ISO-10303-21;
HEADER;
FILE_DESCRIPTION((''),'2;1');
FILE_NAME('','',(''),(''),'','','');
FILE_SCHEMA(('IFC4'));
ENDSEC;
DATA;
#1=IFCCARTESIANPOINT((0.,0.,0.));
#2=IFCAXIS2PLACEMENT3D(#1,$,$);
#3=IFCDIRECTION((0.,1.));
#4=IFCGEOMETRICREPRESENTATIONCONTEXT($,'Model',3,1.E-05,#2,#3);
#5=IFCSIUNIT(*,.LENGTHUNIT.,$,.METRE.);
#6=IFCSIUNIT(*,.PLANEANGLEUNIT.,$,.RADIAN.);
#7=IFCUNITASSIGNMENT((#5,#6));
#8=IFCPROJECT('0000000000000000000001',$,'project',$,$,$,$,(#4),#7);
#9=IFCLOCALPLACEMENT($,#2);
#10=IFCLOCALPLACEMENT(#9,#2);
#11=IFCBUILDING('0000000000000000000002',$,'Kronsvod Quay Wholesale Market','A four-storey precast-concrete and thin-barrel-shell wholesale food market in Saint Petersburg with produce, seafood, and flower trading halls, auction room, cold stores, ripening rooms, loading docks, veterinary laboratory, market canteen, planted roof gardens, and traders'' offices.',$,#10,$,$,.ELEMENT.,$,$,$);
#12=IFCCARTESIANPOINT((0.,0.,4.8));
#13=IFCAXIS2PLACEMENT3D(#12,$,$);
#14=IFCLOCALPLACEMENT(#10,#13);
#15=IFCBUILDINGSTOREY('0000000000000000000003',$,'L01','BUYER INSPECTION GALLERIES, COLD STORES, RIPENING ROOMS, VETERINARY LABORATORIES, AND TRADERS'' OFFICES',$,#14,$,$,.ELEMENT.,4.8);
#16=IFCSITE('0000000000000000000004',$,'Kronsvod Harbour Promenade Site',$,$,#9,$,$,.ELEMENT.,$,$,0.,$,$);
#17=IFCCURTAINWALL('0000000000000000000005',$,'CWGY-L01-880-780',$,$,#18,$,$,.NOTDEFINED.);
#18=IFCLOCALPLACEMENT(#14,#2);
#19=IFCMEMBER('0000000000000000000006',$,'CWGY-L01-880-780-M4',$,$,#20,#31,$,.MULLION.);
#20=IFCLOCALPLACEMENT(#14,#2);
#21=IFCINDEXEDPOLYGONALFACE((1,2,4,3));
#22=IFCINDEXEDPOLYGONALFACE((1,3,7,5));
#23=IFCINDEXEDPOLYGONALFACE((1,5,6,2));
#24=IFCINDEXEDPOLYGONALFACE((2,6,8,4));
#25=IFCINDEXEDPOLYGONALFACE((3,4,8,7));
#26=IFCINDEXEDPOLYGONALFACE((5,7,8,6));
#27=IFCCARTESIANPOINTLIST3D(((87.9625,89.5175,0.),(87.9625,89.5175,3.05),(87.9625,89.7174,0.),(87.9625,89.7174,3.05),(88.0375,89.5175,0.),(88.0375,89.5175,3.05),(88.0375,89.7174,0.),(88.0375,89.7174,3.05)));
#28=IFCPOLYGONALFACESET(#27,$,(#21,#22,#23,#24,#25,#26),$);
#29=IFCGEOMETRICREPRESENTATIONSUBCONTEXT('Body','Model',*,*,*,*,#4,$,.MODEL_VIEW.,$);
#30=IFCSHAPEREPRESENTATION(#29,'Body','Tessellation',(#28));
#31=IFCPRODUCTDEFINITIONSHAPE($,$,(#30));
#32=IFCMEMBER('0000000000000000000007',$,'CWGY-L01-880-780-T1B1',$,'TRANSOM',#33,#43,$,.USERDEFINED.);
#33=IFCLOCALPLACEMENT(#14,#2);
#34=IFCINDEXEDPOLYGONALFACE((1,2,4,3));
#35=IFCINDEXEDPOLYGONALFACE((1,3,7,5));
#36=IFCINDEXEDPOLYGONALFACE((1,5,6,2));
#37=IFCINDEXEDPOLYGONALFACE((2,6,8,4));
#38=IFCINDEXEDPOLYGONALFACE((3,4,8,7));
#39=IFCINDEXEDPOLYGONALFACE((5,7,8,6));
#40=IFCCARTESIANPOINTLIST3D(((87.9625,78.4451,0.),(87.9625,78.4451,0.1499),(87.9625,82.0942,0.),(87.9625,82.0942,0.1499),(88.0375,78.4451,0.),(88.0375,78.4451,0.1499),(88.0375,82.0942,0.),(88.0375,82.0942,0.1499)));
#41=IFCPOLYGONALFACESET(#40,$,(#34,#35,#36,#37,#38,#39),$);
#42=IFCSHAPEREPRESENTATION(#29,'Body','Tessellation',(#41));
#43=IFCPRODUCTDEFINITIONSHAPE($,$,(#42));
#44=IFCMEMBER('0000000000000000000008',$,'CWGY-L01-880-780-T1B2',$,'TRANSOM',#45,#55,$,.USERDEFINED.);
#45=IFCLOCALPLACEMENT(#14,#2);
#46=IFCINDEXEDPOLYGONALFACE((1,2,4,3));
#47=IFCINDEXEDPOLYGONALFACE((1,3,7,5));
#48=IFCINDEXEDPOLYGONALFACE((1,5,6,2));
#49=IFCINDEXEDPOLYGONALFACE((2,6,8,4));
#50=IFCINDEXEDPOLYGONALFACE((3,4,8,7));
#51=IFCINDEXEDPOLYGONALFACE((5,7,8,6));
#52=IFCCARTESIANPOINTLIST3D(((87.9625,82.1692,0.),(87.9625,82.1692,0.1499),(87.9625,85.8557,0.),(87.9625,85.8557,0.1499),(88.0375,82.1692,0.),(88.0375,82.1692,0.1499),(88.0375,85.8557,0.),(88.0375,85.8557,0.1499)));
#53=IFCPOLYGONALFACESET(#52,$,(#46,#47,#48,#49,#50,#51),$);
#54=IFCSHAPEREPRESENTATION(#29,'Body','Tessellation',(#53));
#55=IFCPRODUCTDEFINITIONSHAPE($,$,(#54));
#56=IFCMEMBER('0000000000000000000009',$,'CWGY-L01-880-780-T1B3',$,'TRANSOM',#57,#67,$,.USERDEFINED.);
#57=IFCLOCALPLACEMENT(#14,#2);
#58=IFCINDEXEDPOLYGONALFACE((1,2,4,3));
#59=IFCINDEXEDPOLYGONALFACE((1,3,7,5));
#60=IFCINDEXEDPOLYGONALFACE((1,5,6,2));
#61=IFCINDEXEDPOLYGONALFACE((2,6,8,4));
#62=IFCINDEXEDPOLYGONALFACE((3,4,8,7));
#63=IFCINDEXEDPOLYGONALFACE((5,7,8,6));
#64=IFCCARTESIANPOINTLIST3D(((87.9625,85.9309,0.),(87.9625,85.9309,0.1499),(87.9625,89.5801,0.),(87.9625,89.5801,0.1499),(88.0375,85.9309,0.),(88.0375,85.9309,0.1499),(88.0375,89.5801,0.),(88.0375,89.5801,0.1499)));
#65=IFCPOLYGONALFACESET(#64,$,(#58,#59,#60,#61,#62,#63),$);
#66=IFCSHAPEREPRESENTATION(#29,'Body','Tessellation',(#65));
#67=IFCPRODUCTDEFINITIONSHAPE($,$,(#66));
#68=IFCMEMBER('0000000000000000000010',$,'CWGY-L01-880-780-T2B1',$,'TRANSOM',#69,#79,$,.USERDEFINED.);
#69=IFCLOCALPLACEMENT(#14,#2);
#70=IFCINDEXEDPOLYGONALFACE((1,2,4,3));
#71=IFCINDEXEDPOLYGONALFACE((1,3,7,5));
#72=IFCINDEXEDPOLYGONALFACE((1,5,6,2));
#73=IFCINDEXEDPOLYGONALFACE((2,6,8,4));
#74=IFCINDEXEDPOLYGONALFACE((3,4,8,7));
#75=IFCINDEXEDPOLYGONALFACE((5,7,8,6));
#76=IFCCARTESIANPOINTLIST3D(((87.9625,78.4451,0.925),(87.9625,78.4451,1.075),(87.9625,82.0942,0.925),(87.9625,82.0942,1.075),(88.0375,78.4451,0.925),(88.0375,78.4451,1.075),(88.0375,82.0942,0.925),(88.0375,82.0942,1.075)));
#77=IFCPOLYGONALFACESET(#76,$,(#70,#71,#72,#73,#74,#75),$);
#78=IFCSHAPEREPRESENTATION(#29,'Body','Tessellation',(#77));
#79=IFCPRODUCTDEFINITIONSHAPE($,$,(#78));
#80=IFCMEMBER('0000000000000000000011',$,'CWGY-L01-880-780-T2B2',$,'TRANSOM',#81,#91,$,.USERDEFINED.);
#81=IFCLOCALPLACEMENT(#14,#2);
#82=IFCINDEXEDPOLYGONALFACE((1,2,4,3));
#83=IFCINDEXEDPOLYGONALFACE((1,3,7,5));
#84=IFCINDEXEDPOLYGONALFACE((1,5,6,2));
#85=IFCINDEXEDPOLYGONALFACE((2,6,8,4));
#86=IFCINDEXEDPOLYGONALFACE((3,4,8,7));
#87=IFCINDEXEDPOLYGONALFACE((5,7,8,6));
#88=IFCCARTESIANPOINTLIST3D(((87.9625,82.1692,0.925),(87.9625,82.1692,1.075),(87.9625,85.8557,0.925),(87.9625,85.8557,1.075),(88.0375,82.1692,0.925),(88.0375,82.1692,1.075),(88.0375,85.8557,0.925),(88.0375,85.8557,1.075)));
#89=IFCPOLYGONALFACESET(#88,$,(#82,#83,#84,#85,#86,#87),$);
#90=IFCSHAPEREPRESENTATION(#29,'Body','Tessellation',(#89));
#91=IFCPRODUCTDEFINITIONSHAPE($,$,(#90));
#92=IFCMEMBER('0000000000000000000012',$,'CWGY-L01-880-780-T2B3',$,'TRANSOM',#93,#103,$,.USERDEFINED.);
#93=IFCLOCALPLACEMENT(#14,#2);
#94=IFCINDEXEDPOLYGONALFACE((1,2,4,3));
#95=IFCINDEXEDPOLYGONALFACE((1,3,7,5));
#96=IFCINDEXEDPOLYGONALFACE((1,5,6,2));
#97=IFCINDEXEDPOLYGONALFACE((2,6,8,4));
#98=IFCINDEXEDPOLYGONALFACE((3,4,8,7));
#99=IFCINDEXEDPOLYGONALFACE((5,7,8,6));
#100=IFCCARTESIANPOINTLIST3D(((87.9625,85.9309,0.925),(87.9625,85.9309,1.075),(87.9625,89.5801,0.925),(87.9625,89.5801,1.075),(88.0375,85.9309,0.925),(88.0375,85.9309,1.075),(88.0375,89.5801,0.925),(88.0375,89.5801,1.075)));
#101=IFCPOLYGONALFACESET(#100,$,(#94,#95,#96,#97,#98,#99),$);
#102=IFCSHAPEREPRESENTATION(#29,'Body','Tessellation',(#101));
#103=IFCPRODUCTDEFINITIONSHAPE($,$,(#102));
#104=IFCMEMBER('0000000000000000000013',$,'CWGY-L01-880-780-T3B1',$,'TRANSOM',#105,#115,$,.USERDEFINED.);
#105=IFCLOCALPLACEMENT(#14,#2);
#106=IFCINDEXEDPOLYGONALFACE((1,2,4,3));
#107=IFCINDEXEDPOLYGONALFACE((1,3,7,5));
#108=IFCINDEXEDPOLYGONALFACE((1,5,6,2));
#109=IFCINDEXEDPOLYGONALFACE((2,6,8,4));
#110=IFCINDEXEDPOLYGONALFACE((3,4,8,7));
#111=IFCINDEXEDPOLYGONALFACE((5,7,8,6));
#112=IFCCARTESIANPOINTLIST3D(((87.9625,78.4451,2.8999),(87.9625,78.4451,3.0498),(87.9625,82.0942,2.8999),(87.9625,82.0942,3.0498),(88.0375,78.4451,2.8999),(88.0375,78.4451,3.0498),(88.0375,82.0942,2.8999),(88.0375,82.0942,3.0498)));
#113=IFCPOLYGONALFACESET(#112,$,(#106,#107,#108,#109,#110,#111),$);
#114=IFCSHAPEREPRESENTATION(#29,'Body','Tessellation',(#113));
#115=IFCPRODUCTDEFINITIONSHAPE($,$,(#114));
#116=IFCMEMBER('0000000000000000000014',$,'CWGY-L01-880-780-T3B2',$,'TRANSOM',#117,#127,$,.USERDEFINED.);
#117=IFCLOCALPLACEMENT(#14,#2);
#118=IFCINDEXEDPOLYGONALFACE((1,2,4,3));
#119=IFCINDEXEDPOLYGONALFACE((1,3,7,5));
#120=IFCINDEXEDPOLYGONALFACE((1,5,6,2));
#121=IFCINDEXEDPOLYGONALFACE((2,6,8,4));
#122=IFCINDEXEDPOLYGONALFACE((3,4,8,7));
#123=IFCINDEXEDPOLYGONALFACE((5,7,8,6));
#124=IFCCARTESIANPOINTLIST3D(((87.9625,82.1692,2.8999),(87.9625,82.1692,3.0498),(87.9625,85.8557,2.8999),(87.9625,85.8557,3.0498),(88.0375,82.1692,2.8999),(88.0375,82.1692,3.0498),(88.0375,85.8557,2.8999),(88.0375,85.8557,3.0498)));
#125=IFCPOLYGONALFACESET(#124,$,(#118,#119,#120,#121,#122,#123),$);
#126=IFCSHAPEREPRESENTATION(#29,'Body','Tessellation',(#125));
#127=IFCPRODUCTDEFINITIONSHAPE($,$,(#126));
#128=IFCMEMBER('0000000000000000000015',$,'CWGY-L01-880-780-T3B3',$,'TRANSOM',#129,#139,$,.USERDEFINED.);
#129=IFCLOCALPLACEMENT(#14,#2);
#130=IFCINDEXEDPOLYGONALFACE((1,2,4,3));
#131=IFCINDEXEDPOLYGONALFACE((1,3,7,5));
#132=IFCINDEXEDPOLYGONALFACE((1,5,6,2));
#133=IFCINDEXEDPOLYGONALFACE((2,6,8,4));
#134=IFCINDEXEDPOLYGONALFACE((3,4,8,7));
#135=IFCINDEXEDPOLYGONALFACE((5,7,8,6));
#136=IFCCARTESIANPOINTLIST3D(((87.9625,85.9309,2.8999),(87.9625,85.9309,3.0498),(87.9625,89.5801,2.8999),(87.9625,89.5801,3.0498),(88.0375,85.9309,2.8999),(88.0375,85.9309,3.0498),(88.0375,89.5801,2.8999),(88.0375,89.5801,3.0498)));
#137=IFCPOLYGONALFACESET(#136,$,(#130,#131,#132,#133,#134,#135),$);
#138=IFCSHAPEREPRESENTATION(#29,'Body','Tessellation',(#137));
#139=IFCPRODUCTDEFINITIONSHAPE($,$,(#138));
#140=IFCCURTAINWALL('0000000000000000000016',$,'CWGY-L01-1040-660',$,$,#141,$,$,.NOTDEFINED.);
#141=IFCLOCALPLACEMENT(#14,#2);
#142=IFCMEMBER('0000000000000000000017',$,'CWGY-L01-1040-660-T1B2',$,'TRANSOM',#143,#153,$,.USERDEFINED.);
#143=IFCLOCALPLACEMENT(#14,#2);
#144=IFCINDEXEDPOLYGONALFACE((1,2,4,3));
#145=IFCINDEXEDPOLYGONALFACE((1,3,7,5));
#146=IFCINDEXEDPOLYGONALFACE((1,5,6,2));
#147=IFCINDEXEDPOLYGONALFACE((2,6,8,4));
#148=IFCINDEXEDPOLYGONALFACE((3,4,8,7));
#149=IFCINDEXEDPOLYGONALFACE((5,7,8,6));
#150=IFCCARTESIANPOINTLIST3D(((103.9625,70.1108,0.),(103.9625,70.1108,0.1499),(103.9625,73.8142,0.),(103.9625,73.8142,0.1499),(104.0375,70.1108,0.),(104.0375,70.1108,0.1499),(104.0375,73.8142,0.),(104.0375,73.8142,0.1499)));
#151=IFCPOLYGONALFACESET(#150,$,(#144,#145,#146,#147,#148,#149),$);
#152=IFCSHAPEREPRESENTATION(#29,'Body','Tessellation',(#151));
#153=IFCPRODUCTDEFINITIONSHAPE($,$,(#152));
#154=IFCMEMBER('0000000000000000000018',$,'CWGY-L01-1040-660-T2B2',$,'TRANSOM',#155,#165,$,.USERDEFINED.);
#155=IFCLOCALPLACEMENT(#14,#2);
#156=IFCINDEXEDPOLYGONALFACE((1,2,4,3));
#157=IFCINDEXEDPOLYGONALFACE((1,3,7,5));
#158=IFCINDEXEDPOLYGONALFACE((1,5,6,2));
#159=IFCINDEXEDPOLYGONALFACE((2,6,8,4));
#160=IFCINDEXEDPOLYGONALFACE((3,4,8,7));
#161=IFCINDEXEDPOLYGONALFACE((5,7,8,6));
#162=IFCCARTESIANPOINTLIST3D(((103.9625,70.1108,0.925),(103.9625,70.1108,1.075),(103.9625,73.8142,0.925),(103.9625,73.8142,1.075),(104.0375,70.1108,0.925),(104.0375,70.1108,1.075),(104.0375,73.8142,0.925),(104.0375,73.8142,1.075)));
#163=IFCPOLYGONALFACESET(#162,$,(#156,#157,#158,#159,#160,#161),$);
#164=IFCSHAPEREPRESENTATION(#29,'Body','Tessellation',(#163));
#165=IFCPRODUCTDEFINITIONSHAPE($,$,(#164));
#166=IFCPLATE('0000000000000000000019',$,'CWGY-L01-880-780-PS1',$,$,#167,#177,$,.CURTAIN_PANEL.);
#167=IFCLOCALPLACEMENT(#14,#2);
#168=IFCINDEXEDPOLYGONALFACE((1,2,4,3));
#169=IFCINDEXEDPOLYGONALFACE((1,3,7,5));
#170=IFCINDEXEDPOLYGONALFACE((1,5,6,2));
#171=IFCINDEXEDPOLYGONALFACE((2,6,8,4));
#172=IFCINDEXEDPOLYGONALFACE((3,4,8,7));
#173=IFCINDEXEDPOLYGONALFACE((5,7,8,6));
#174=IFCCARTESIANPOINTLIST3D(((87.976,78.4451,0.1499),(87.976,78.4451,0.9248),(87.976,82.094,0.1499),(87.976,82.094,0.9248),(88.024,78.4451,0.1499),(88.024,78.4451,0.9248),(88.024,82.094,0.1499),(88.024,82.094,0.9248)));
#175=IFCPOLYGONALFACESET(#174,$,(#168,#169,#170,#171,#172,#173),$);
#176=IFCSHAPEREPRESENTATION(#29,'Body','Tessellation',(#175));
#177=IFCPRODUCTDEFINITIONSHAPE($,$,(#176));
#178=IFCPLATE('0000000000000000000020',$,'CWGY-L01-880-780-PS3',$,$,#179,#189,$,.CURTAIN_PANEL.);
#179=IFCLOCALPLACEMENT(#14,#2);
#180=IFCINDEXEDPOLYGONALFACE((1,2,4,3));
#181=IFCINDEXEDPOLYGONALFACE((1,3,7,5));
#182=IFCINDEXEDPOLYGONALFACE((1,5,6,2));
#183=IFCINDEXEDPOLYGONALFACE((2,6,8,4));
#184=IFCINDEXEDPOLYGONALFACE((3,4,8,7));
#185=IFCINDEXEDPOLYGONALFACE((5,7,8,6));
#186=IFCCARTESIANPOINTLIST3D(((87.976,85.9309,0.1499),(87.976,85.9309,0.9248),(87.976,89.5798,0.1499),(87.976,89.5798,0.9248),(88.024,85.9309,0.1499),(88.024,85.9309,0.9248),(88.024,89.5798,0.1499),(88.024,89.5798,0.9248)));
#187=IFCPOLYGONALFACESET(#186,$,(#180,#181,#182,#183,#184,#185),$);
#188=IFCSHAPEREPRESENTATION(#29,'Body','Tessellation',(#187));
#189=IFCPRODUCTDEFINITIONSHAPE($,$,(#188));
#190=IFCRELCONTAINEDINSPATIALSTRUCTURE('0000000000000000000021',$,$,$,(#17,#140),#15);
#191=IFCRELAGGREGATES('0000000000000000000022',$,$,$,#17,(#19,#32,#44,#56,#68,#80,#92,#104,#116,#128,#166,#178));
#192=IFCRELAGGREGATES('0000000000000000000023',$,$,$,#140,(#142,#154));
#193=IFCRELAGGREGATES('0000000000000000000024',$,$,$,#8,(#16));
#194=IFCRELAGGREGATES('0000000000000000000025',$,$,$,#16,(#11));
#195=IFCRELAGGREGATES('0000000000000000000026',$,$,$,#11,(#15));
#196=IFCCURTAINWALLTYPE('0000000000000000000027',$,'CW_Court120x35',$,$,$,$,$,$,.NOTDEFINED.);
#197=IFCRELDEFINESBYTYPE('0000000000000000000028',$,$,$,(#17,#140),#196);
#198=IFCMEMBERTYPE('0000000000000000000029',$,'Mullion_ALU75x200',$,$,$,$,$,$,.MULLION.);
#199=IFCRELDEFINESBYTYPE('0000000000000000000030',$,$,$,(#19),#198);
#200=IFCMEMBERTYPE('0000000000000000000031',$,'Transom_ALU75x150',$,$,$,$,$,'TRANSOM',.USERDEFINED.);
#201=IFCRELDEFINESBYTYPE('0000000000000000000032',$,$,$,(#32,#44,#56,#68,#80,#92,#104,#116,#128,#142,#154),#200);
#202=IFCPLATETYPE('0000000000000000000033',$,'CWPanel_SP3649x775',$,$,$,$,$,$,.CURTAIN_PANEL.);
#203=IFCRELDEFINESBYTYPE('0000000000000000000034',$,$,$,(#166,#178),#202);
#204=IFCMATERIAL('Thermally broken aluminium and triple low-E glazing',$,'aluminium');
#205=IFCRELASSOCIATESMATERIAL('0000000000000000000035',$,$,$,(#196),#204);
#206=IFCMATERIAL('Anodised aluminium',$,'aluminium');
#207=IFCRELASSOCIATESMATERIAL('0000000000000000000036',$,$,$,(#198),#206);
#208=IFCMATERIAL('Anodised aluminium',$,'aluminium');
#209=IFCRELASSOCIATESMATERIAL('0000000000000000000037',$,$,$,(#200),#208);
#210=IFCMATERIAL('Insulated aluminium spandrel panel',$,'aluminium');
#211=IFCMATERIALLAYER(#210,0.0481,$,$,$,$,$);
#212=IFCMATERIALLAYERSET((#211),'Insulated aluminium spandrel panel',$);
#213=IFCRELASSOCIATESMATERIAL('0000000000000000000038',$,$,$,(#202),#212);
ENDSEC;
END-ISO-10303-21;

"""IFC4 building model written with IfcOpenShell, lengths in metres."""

from ifc_helpers import new_model, si_unit, direction, frame, origin, origin_2d, place, context, subcontext, project, spatial, rectangle, extrude, material, layer, layer_set, material_profile, profile_set, type_object, element, aggregate, save


model = new_model("IFC4")

# Units and contexts
model_context = context("Model", 3, precision=1e-05, world=origin(), true_north=direction((0.0, 1.0)))
body_context = subcontext(model_context, "Body", "Model", "MODEL_VIEW")
ifc_project = project(units=[si_unit("LENGTHUNIT", "METRE"), si_unit("PLANEANGLEUNIT", "RADIAN")], contexts=[model_context])

# Site, building, storey
site_placement = place(None, origin())
site = spatial("IfcSite", under=ifc_project, at=site_placement, Name="Kronsvod Harbour Promenade Site", CompositionType="ELEMENT", RefElevation=0.0)
building_placement = place(site_placement, origin())
building = spatial("IfcBuilding", under=site, at=building_placement, Name="Kronsvod Quay Wholesale Market", Description="A four-storey precast-concrete and thin-barrel-shell wholesale food market in Saint Petersburg with produce, seafood, and flower trading halls, auction room, cold stores, ripening rooms, loading docks, veterinary laboratory, market canteen, planted roof gardens, and traders' offices.", CompositionType="ELEMENT")
storey_placement = place(building_placement, frame((0.0, 0.0, 4.8)))
storey = spatial("IfcBuildingStorey", under=building, at=storey_placement, Name="L01", Description="BUYER INSPECTION GALLERIES, COLD STORES, RIPENING ROOMS, VETERINARY LABORATORIES, AND TRADERS' OFFICES", CompositionType="ELEMENT", Elevation=4.8)

# Curtain walls, members
ifc_material_1 = material(Name="Thermally broken aluminium and triple low-E glazing", Category="aluminium")
curtain_wall_type = type_object("IfcCurtainWallType", Name="CW_Court120x35", PredefinedType="NOTDEFINED", material=ifc_material_1)
curtain_wall_1_placement = place(storey_placement, origin())
curtain_wall_1 = element("IfcCurtainWall", 1, at=curtain_wall_1_placement, inside=storey, type_object=curtain_wall_type, Name="CWGY-L01-880-780", PredefinedType="NOTDEFINED")
ifc_material_2 = material(Name="Anodised aluminium", Category="aluminium")
ifc_material_profile_1 = material_profile(ifc_material_2, rectangle(XDim=0.075, YDim=0.2, at=origin_2d()), Name="ALUM75x200")
ifc_profile_set_1 = profile_set([ifc_material_profile_1], Name="Anodised aluminium")
member_type_1 = type_object("IfcMemberType", Name="Mullion_ALU75x200", PredefinedType="MULLION", material=ifc_profile_set_1)
member_1_placement = place(storey_placement, frame((88.0, 89.6174, 0.0), z_axis=(0.0, 0.0, 1.0), x_axis=(1.0, 0.0, 0.0)))
member_1 = element("IfcMember", 2, at=member_1_placement, type_object=member_type_1, Name="CWGY-L01-880-780-M4", PredefinedType="MULLION", context=body_context, shape_type="SweptSolid", body=[
    extrude(rectangle(XDim=0.075, YDim=0.2, at=origin_2d()), origin(), (0.0, 0.0, 1.0), 3.05),
])
ifc_material_3 = material(Name="Anodised aluminium", Category="aluminium")
ifc_material_profile_2 = material_profile(ifc_material_3, rectangle(XDim=0.075, YDim=0.1499, at=origin_2d()), Name="ALUT75x150")
ifc_profile_set_2 = profile_set([ifc_material_profile_2], Name="Anodised aluminium")
member_type_2 = type_object("IfcMemberType", Name="Transom_ALU75x150", ElementType="TRANSOM", PredefinedType="USERDEFINED", material=ifc_profile_set_2)
member_2_placement = place(storey_placement, frame((88.0, 78.4451, 0.075), z_axis=(0.0, 1.0, 0.0), x_axis=(-1.0, 0.0, 0.0)))
member_2 = element("IfcMember", 3, at=member_2_placement, type_object=member_type_2, Name="CWGY-L01-880-780-T1B1", ObjectType="TRANSOM", PredefinedType="USERDEFINED", context=body_context, shape_type="SweptSolid", body=[
    extrude(rectangle(XDim=0.075, YDim=0.1499, at=origin_2d()), origin(), (0.0, 0.0, 1.0), 3.6492),
])
member_3_placement = place(storey_placement, frame((88.0, 82.1692, 0.075), z_axis=(0.0, 1.0, 0.0), x_axis=(-1.0, 0.0, 0.0)))
member_3 = element("IfcMember", 4, at=member_3_placement, type_object=member_type_2, Name="CWGY-L01-880-780-T1B2", ObjectType="TRANSOM", PredefinedType="USERDEFINED", context=body_context, shape_type="SweptSolid", body=[
    extrude(rectangle(XDim=0.075, YDim=0.1499, at=origin_2d()), origin(), (0.0, 0.0, 1.0), 3.6865),
])
member_4_placement = place(storey_placement, frame((88.0, 85.9309, 0.075), z_axis=(0.0, 1.0, 0.0), x_axis=(-1.0, 0.0, 0.0)))
member_4 = element("IfcMember", 5, at=member_4_placement, type_object=member_type_2, Name="CWGY-L01-880-780-T1B3", ObjectType="TRANSOM", PredefinedType="USERDEFINED", context=body_context, shape_type="SweptSolid", body=[
    extrude(rectangle(XDim=0.075, YDim=0.1499, at=origin_2d()), origin(), (0.0, 0.0, 1.0), 3.6492),
])
member_5_placement = place(storey_placement, frame((88.0, 78.4451, 1.0), z_axis=(0.0, 1.0, 0.0), x_axis=(-1.0, 0.0, 0.0)))
member_5 = element("IfcMember", 6, at=member_5_placement, type_object=member_type_2, Name="CWGY-L01-880-780-T2B1", ObjectType="TRANSOM", PredefinedType="USERDEFINED", context=body_context, shape_type="SweptSolid", body=[
    extrude(rectangle(XDim=0.075, YDim=0.1499, at=origin_2d()), origin(), (0.0, 0.0, 1.0), 3.6492),
])
member_6_placement = place(storey_placement, frame((88.0, 82.1692, 1.0), z_axis=(0.0, 1.0, 0.0), x_axis=(-1.0, 0.0, 0.0)))
member_6 = element("IfcMember", 7, at=member_6_placement, type_object=member_type_2, Name="CWGY-L01-880-780-T2B2", ObjectType="TRANSOM", PredefinedType="USERDEFINED", context=body_context, shape_type="SweptSolid", body=[
    extrude(rectangle(XDim=0.075, YDim=0.1499, at=origin_2d()), origin(), (0.0, 0.0, 1.0), 3.6865),
])
member_7_placement = place(storey_placement, frame((88.0, 85.9309, 1.0), z_axis=(0.0, 1.0, 0.0), x_axis=(-1.0, 0.0, 0.0)))
member_7 = element("IfcMember", 8, at=member_7_placement, type_object=member_type_2, Name="CWGY-L01-880-780-T2B3", ObjectType="TRANSOM", PredefinedType="USERDEFINED", context=body_context, shape_type="SweptSolid", body=[
    extrude(rectangle(XDim=0.075, YDim=0.1499, at=origin_2d()), origin(), (0.0, 0.0, 1.0), 3.6492),
])
member_8_placement = place(storey_placement, frame((88.0, 78.4451, 2.9749), z_axis=(0.0, 1.0, 0.0), x_axis=(-1.0, 0.0, 0.0)))
member_8 = element("IfcMember", 9, at=member_8_placement, type_object=member_type_2, Name="CWGY-L01-880-780-T3B1", ObjectType="TRANSOM", PredefinedType="USERDEFINED", context=body_context, shape_type="SweptSolid", body=[
    extrude(rectangle(XDim=0.075, YDim=0.1499, at=origin_2d()), origin(), (0.0, 0.0, 1.0), 3.6492),
])
member_9_placement = place(storey_placement, frame((88.0, 82.1692, 2.9749), z_axis=(0.0, 1.0, 0.0), x_axis=(-1.0, 0.0, 0.0)))
member_9 = element("IfcMember", 10, at=member_9_placement, type_object=member_type_2, Name="CWGY-L01-880-780-T3B2", ObjectType="TRANSOM", PredefinedType="USERDEFINED", context=body_context, shape_type="SweptSolid", body=[
    extrude(rectangle(XDim=0.075, YDim=0.1499, at=origin_2d()), origin(), (0.0, 0.0, 1.0), 3.6865),
])
member_10_placement = place(storey_placement, frame((88.0, 85.9309, 2.9749), z_axis=(0.0, 1.0, 0.0), x_axis=(-1.0, 0.0, 0.0)))
member_10 = element("IfcMember", 11, at=member_10_placement, type_object=member_type_2, Name="CWGY-L01-880-780-T3B3", ObjectType="TRANSOM", PredefinedType="USERDEFINED", context=body_context, shape_type="SweptSolid", body=[
    extrude(rectangle(XDim=0.075, YDim=0.1499, at=origin_2d()), origin(), (0.0, 0.0, 1.0), 3.6492),
])
curtain_wall_2_placement = place(storey_placement, origin())
curtain_wall_2 = element("IfcCurtainWall", 12, at=curtain_wall_2_placement, inside=storey, type_object=curtain_wall_type, Name="CWGY-L01-1040-660", PredefinedType="NOTDEFINED")
member_11_placement = place(storey_placement, frame((104.0, 73.8142, 0.075), z_axis=(0.0, -1.0, 0.0), x_axis=(1.0, 0.0, 0.0)))
member_11 = element("IfcMember", 13, at=member_11_placement, type_object=member_type_2, Name="CWGY-L01-1040-660-T1B2", ObjectType="TRANSOM", PredefinedType="USERDEFINED", context=body_context, shape_type="SweptSolid", body=[
    extrude(rectangle(XDim=0.075, YDim=0.1499, at=origin_2d()), origin(), (0.0, 0.0, 1.0), 3.7034),
])
member_12_placement = place(storey_placement, frame((104.0, 73.8142, 1.0), z_axis=(0.0, -1.0, 0.0), x_axis=(1.0, 0.0, 0.0)))
member_12 = element("IfcMember", 14, at=member_12_placement, type_object=member_type_2, Name="CWGY-L01-1040-660-T2B2", ObjectType="TRANSOM", PredefinedType="USERDEFINED", context=body_context, shape_type="SweptSolid", body=[
    extrude(rectangle(XDim=0.075, YDim=0.1499, at=origin_2d()), origin(), (0.0, 0.0, 1.0), 3.7034),
])

# Plates
ifc_material_4 = material(Name="Insulated aluminium spandrel panel", Category="aluminium")
ifc_layer_1 = layer(ifc_material_4, 0.0481)
ifc_layer_set_1 = layer_set([ifc_layer_1], Name="Insulated aluminium spandrel panel")
plate_type_1 = type_object("IfcPlateType", Name="CWPanel_SP3649x775", PredefinedType="CURTAIN_PANEL", material=ifc_layer_set_1)
plate_1_placement = place(storey_placement, frame((88.0, 80.2695, 0.1499), z_axis=(0.0, 0.0, 1.0), x_axis=(0.0, 1.0, 0.0)))
plate_1 = element("IfcPlate", 15, at=plate_1_placement, type_object=plate_type_1, Name="CWGY-L01-880-780-PS1", PredefinedType="CURTAIN_PANEL", context=body_context, shape_type="SweptSolid", body=[
    extrude(rectangle(XDim=3.6489, YDim=0.0481, at=origin_2d()), origin(), (0.0, 0.0, 1.0), 0.7749),
])
plate_2_placement = place(storey_placement, frame((88.0, 87.7554, 0.1499), z_axis=(0.0, 0.0, 1.0), x_axis=(0.0, 1.0, 0.0)))
plate_2 = element("IfcPlate", 16, at=plate_2_placement, type_object=plate_type_1, Name="CWGY-L01-880-780-PS3", PredefinedType="CURTAIN_PANEL", context=body_context, shape_type="SweptSolid", body=[
    extrude(rectangle(XDim=3.6489, YDim=0.0481, at=origin_2d()), origin(), (0.0, 0.0, 1.0), 0.7749),
])
aggregate(curtain_wall_1, [member_1, member_2, member_3, member_4, member_5, member_6, member_7, member_8, member_9, member_10, plate_1, plate_2])
aggregate(curtain_wall_2, [member_11, member_12])

save(model, "model.ifc")
